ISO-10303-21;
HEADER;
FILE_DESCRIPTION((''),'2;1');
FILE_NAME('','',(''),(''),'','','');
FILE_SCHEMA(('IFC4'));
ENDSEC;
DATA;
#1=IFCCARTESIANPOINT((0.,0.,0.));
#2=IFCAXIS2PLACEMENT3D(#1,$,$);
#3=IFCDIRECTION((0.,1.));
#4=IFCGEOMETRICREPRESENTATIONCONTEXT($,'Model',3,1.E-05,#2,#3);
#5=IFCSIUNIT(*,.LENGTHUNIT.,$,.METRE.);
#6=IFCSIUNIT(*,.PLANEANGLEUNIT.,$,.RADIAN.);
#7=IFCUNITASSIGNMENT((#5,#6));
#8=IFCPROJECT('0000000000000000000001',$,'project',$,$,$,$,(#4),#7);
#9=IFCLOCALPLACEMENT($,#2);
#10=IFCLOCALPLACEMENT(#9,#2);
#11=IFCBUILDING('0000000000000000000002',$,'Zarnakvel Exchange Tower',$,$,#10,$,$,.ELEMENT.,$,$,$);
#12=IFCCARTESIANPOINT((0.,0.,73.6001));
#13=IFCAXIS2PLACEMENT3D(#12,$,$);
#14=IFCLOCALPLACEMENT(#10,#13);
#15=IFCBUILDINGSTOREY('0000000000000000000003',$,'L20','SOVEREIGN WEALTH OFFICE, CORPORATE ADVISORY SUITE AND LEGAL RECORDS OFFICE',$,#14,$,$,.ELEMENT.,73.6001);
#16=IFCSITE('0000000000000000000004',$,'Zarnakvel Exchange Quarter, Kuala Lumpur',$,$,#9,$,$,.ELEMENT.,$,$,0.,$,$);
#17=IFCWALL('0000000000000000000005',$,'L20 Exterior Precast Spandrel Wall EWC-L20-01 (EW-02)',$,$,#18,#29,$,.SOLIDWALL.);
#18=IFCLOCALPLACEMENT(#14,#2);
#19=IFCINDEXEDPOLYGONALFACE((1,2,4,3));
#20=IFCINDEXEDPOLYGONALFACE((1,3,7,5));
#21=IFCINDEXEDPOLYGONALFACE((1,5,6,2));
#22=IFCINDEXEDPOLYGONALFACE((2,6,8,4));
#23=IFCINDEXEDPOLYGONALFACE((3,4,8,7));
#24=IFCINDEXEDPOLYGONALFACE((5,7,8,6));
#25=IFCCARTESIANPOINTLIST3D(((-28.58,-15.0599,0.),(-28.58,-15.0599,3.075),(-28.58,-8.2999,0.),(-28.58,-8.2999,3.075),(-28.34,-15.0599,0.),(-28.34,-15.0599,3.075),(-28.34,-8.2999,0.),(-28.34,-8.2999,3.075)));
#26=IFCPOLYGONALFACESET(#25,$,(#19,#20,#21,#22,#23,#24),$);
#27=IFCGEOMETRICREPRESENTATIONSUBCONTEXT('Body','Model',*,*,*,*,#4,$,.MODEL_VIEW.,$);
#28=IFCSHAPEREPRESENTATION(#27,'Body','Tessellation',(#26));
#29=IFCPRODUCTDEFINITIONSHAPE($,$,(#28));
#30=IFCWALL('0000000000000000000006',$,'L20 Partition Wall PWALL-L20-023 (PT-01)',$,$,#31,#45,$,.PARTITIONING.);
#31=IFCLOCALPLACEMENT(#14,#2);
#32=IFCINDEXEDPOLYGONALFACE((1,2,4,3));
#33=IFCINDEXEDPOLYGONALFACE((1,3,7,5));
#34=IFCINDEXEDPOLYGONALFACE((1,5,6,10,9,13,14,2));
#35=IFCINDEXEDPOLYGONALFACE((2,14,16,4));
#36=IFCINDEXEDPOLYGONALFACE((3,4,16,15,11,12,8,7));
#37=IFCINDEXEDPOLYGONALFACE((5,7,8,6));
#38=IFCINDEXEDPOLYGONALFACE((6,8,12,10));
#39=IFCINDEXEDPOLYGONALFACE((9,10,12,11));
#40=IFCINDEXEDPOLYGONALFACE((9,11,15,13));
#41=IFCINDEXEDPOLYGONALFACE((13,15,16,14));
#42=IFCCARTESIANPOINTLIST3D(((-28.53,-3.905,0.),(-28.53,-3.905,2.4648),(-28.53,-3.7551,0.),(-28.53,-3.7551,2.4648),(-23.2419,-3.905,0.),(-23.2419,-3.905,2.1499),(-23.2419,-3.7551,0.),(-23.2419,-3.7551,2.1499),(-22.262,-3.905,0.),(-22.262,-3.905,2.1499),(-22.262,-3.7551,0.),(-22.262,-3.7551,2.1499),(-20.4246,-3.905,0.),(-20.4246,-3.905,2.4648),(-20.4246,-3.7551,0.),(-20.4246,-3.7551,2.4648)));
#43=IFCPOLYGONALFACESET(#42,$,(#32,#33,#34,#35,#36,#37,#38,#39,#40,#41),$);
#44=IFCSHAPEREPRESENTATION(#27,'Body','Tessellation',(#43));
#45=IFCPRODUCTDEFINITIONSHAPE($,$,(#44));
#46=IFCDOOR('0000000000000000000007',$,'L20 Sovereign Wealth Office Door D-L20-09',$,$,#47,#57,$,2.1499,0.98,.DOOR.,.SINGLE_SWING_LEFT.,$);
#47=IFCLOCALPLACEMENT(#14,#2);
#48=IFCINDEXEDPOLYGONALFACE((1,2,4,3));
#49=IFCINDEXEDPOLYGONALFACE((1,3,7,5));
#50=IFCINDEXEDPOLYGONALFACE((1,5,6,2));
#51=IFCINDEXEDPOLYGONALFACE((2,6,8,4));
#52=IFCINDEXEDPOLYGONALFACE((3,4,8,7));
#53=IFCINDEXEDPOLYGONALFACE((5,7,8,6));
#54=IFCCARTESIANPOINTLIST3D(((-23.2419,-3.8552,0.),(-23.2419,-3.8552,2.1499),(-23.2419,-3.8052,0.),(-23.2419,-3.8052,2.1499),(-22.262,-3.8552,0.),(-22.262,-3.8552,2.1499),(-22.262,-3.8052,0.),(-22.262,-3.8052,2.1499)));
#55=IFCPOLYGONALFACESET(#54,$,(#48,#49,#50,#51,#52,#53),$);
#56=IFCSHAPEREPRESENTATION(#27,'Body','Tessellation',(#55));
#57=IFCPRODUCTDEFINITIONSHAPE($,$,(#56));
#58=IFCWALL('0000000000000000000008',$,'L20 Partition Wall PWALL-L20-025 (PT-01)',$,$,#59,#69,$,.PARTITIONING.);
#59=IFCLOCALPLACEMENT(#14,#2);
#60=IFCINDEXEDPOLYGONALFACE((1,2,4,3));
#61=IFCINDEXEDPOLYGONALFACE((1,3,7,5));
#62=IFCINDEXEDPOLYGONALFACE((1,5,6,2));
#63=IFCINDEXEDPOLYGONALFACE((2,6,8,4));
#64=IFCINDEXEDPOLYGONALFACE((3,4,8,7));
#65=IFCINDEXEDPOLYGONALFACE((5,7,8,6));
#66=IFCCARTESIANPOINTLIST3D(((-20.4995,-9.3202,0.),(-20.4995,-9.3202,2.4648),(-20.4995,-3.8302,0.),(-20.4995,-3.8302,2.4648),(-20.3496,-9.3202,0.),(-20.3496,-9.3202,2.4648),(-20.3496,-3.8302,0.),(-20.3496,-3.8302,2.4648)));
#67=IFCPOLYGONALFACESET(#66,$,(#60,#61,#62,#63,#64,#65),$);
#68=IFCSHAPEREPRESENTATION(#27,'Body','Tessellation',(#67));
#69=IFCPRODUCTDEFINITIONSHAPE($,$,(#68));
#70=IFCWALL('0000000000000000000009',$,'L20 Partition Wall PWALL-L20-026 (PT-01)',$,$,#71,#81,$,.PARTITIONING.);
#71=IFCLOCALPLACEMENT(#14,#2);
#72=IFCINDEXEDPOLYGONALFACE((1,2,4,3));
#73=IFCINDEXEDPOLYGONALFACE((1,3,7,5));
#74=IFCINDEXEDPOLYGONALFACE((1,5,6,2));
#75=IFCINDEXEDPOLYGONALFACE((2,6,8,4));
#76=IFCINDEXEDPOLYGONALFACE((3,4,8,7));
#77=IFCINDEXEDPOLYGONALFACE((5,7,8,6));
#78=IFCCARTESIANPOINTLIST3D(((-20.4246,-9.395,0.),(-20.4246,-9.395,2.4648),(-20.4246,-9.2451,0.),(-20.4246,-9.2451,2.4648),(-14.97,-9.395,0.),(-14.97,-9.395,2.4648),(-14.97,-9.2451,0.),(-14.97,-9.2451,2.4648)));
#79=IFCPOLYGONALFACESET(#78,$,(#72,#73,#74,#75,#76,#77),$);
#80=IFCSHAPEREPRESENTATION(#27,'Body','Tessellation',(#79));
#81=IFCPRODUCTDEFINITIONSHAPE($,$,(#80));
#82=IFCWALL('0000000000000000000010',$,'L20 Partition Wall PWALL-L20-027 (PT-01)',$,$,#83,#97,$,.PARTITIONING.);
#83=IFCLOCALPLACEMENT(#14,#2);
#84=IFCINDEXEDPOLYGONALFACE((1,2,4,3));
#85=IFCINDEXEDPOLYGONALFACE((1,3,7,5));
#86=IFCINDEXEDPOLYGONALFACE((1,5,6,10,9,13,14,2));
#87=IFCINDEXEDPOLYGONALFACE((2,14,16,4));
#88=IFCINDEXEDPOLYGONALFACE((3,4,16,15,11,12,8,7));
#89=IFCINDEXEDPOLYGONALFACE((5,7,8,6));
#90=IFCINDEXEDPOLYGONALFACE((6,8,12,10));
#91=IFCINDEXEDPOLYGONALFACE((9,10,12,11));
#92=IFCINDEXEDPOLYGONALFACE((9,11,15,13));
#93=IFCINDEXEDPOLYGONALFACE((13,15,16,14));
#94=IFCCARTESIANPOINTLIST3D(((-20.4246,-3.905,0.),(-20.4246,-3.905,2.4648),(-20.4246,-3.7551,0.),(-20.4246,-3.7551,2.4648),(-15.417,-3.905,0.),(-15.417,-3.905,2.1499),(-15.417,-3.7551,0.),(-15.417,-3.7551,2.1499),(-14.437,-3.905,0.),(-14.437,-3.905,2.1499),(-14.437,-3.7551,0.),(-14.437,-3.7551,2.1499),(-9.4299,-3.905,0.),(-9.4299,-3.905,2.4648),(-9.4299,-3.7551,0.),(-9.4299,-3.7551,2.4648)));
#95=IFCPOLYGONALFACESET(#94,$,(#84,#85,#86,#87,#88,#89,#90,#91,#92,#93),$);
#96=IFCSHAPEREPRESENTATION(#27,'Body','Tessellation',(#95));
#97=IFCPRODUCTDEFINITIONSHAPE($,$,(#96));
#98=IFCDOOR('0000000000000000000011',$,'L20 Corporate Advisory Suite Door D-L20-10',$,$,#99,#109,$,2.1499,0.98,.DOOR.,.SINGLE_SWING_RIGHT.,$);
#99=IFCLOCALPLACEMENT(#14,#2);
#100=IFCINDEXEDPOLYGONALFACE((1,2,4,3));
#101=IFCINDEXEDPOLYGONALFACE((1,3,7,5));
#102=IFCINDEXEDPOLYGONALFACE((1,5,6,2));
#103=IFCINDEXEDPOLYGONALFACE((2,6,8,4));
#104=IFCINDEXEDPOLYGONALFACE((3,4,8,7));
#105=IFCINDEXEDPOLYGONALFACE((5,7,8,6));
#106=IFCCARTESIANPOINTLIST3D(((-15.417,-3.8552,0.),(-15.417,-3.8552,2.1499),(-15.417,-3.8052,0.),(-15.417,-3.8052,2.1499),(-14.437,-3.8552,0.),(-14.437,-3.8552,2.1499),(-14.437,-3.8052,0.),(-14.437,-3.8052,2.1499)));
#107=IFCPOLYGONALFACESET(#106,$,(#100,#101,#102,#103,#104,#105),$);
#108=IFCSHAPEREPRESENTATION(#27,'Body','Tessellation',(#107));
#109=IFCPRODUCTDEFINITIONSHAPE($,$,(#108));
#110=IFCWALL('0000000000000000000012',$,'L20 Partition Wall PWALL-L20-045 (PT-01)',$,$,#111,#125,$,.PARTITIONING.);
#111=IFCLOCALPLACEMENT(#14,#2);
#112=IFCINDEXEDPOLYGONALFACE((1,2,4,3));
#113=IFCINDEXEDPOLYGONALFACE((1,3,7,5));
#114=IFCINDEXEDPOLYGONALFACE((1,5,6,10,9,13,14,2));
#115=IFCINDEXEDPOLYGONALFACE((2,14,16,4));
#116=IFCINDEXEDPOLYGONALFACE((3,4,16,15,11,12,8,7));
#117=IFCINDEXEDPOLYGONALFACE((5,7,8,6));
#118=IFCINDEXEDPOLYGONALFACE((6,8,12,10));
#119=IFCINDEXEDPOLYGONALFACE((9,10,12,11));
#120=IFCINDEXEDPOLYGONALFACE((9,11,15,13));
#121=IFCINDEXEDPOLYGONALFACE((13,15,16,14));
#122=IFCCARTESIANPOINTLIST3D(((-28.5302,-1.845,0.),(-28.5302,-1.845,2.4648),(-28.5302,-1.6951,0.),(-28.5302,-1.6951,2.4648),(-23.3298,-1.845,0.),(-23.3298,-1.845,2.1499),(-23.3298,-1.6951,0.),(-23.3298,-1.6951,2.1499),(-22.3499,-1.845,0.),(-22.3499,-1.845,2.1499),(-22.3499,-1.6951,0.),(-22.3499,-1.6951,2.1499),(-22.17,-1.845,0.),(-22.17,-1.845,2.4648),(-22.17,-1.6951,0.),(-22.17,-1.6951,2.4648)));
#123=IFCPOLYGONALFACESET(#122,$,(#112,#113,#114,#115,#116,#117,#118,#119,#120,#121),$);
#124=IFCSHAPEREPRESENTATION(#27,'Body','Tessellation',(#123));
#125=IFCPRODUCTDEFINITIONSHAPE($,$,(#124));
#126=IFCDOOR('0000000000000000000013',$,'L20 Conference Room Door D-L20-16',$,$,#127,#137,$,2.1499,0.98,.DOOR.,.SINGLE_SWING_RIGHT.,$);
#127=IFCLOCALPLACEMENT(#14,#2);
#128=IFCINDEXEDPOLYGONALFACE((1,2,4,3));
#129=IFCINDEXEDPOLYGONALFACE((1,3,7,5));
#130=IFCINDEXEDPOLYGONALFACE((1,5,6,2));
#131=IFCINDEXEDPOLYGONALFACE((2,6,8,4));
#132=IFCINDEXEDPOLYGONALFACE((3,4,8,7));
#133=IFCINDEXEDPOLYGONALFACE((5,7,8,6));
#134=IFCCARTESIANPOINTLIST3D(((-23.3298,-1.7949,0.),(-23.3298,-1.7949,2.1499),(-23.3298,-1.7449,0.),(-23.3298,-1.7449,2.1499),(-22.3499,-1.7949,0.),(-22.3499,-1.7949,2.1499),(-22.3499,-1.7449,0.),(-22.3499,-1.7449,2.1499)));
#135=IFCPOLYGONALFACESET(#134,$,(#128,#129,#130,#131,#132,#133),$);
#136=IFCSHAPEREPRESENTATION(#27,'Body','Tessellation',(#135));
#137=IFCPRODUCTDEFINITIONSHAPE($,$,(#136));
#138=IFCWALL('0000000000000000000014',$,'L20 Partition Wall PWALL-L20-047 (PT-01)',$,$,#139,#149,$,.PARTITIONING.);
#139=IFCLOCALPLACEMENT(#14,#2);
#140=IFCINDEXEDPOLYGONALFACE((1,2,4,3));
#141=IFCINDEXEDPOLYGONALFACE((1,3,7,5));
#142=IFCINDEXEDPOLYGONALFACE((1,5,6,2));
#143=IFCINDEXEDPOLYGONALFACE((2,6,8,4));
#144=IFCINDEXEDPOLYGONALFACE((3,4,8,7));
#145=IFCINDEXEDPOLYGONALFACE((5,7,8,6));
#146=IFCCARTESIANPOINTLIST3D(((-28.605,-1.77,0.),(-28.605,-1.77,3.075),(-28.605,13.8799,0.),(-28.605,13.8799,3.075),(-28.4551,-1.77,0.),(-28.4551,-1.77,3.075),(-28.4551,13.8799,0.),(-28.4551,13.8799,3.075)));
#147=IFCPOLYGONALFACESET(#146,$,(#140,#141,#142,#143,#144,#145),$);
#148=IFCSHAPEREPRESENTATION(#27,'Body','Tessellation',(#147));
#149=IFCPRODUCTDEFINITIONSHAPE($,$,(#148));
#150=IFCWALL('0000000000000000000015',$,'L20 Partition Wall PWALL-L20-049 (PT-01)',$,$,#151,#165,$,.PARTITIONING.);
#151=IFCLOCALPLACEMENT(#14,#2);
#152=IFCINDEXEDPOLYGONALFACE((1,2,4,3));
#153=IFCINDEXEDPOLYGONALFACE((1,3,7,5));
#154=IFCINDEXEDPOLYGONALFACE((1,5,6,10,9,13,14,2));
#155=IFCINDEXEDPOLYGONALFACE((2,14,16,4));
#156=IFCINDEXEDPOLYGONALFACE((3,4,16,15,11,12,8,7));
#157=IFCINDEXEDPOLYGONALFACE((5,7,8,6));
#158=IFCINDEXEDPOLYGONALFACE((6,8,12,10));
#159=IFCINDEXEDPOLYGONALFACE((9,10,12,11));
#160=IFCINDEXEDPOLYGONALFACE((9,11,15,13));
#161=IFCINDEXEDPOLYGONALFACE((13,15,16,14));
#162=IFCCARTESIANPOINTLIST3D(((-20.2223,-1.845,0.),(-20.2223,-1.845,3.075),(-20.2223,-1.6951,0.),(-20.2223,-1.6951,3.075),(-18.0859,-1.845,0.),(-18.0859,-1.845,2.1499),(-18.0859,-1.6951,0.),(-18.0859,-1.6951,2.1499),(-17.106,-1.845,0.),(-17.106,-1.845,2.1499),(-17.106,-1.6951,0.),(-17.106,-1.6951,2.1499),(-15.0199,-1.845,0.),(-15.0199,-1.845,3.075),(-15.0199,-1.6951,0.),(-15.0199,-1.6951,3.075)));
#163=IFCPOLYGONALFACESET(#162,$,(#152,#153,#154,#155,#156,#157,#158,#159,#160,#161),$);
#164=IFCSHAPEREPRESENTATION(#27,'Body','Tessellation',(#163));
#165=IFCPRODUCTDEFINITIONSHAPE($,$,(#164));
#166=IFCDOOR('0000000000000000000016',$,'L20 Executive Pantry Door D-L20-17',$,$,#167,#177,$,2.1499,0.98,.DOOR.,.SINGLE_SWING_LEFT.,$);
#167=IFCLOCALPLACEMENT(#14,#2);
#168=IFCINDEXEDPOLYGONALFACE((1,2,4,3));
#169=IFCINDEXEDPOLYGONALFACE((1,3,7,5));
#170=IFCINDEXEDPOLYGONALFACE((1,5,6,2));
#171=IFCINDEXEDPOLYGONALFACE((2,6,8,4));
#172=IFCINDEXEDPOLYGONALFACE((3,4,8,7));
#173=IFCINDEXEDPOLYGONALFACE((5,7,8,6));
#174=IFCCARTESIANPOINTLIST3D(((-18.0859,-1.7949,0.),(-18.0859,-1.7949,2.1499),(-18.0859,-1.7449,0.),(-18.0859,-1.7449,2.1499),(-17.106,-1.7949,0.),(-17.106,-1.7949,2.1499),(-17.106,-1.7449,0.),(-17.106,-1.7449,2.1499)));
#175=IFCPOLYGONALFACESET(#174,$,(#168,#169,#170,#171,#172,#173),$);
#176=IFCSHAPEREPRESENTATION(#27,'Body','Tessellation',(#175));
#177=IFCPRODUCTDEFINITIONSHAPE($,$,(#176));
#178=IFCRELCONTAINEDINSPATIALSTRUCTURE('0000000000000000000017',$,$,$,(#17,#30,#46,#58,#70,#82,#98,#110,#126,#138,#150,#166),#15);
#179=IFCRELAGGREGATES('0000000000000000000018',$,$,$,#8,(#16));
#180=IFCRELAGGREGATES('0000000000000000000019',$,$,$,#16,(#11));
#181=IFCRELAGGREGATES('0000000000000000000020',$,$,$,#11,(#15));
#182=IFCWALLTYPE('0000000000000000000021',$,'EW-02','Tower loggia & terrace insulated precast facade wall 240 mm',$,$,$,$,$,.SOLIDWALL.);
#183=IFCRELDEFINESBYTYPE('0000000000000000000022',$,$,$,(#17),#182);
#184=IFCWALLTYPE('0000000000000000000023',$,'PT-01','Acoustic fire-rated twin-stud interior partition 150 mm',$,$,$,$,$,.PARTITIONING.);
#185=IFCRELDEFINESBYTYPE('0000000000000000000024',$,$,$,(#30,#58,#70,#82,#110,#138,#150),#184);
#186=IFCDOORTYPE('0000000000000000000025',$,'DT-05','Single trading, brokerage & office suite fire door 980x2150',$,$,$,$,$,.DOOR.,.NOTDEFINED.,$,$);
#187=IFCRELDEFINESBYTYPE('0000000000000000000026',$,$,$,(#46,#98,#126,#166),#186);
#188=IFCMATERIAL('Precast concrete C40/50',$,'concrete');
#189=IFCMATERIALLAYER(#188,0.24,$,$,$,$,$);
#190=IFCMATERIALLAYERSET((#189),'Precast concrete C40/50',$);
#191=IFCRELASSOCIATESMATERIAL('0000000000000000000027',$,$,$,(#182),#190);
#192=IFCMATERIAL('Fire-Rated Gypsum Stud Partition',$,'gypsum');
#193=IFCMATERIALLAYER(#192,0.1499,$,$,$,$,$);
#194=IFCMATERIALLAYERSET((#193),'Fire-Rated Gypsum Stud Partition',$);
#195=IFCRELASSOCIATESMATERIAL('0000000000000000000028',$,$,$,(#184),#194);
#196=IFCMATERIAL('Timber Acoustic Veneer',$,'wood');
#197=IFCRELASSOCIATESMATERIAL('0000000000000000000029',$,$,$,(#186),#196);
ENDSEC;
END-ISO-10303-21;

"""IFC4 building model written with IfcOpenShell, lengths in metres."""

from ifc_helpers import new_model, si_unit, direction, frame, frame_2d, origin, place, context, subcontext, project, spatial, rectangle, extrude, source, transform, mapped, material, layer, layer_set, type_object, element, fill, save


model = new_model("IFC4")

# Units and contexts
model_context = context("Model", 3, precision=1e-05, world=origin(), true_north=direction((0.0, 1.0)))
body_context = subcontext(model_context, "Body", "Model", "MODEL_VIEW")
ifc_project = project(units=[si_unit("LENGTHUNIT", "METRE"), si_unit("PLANEANGLEUNIT", "RADIAN")], contexts=[model_context])

# Site, building, storey
site_placement = place(None, origin())
site = spatial("IfcSite", under=ifc_project, at=site_placement, Name="Zarnakvel Exchange Quarter, Kuala Lumpur", CompositionType="ELEMENT", RefElevation=0.0)
building_placement = place(site_placement, origin())
building = spatial("IfcBuilding", under=site, at=building_placement, Name="Zarnakvel Exchange Tower", CompositionType="ELEMENT")
storey_placement = place(building_placement, frame((0.0, 0.0, 73.6001)))
storey = spatial("IfcBuildingStorey", under=building, at=storey_placement, Name="L20", Description="SOVEREIGN WEALTH OFFICE, CORPORATE ADVISORY SUITE AND LEGAL RECORDS OFFICE", CompositionType="ELEMENT", Elevation=73.6001)

# Shared definitions
ifc_material_1 = material(Name="Precast concrete C40/50", Category="concrete")
ifc_layer_1 = layer(ifc_material_1, 0.24)
ifc_layer_set_1 = layer_set([ifc_layer_1], Name="Precast concrete C40/50")
wall_type_1 = type_object("IfcWallType", Name="EW-02", Description="Tower loggia & terrace insulated precast facade wall 240 mm", PredefinedType="SOLIDWALL", material=ifc_layer_set_1)

# Wall
wall_1_placement = place(storey_placement, frame((-28.46, -8.3, 0.0), z_axis=(0.0, 0.0, 1.0), x_axis=(0.0, -1.0, 0.0)))
element("IfcWall", 1, at=wall_1_placement, inside=storey, type_object=wall_type_1, Name="L20 Exterior Precast Spandrel Wall EWC-L20-01 (EW-02)", PredefinedType="SOLIDWALL", context=body_context, shape_type="SweptSolid", body=[
    extrude(rectangle(XDim=6.76, YDim=0.24, at=frame_2d((3.3799, 0.0))), origin(), (0.0, 0.0, 1.0), 3.075),
])

# Wall, opening, door
ifc_material_2 = material(Name="Fire-Rated Gypsum Stud Partition", Category="gypsum")
ifc_layer_2 = layer(ifc_material_2, 0.1499)
ifc_layer_set_2 = layer_set([ifc_layer_2], Name="Fire-Rated Gypsum Stud Partition")
wall_type_2 = type_object("IfcWallType", Name="PT-01", Description="Acoustic fire-rated twin-stud interior partition 150 mm", PredefinedType="PARTITIONING", material=ifc_layer_set_2)
wall_2_placement = place(storey_placement, frame((-28.53, -3.8301, 0.0), z_axis=(0.0, 0.0, 1.0), x_axis=(1.0, 0.0, 0.0)))
wall_2 = element("IfcWall", 2, at=wall_2_placement, inside=storey, type_object=wall_type_2, Name="L20 Partition Wall PWALL-L20-023 (PT-01)", PredefinedType="PARTITIONING", context=body_context, shape_type="SweptSolid", body=[
    extrude(rectangle(XDim=8.1055, YDim=0.1499, at=frame_2d((4.0527, 0.0))), origin(), (0.0, 0.0, 1.0), 2.4648),
])
opening_1_placement = place(wall_2_placement, frame((5.2881, 0.0, 0.0)))
opening_1 = element("IfcOpeningElement", 3, at=opening_1_placement, cuts=wall_2, PredefinedType="OPENING", context=body_context, shape_type="SweptSolid", body=[
    extrude(rectangle(XDim=0.98, YDim=2.1499, at=frame_2d((0.49, 1.075))), frame((0.0, 0.085, 0.0), z_axis=(0.0, -1.0, 0.0), x_axis=(1.0, 0.0, 0.0)), (0.0, 0.0, 1.0), 0.1699),
])
ifc_material_3 = material(Name="Timber Acoustic Veneer", Category="wood")
door_type_1 = type_object("IfcDoorType", Name="DT-05", Description="Single trading, brokerage & office suite fire door 980x2150", OperationType="NOTDEFINED", PredefinedType="DOOR", material=ifc_material_3)
shared_shape_1 = source(origin(), body_context, "Body", "SweptSolid", [
    extrude(rectangle(XDim=0.98, YDim=2.1499, at=frame_2d((0.49, 1.075))), frame((0.0, 0.0249, 0.0), z_axis=(0.0, -1.0, 0.0), x_axis=(1.0, 0.0, 0.0)), (0.0, 0.0, 1.0), 0.05),
])
door_1_placement = place(opening_1_placement, origin())
door_1 = element("IfcDoor", 4, at=door_1_placement, inside=storey, type_object=door_type_1, Name="L20 Sovereign Wealth Office Door D-L20-09", OperationType="SINGLE_SWING_LEFT", OverallHeight=2.1499, OverallWidth=0.98, PredefinedType="DOOR", context=body_context, shape_type="MappedRepresentation", body=[
    mapped(shared_shape_1, transform((0.0, 0.0, 0.0), x_axis=(1.0, 0.0, 0.0), y_axis=(0.0, 1.0, 0.0), z_axis=(0.0, 0.0, 1.0), scale=1.0)),
])
fill(opening_1, door_1)

# Walls
wall_3_placement = place(storey_placement, frame((-20.4246, -3.8301, 0.0), z_axis=(0.0, 0.0, 1.0), x_axis=(0.0, -1.0, 0.0)))
element("IfcWall", 5, at=wall_3_placement, inside=storey, type_object=wall_type_2, Name="L20 Partition Wall PWALL-L20-025 (PT-01)", PredefinedType="PARTITIONING", context=body_context, shape_type="SweptSolid", body=[
    extrude(rectangle(XDim=5.49, YDim=0.1499, at=frame_2d((2.7451, 0.0))), origin(), (0.0, 0.0, 1.0), 2.4648),
])
wall_4_placement = place(storey_placement, frame((-14.97, -9.3201, 0.0), z_axis=(0.0, 0.0, 1.0), x_axis=(-1.0, 0.0, 0.0)))
element("IfcWall", 6, at=wall_4_placement, inside=storey, type_object=wall_type_2, Name="L20 Partition Wall PWALL-L20-026 (PT-01)", PredefinedType="PARTITIONING", context=body_context, shape_type="SweptSolid", body=[
    extrude(rectangle(XDim=5.4546, YDim=0.1499, at=frame_2d((2.7273, 0.0))), origin(), (0.0, 0.0, 1.0), 2.4648),
])

# Walls, openings, doors
wall_5_placement = place(storey_placement, frame((-20.4246, -3.8301, 0.0), z_axis=(0.0, 0.0, 1.0), x_axis=(1.0, 0.0, 0.0)))
wall_5 = element("IfcWall", 7, at=wall_5_placement, inside=storey, type_object=wall_type_2, Name="L20 Partition Wall PWALL-L20-027 (PT-01)", PredefinedType="PARTITIONING", context=body_context, shape_type="SweptSolid", body=[
    extrude(rectangle(XDim=10.9946, YDim=0.1499, at=frame_2d((5.4973, 0.0))), origin(), (0.0, 0.0, 1.0), 2.4648),
])
opening_2_placement = place(wall_5_placement, frame((5.0076, 0.0, 0.0)))
opening_2 = element("IfcOpeningElement", 8, at=opening_2_placement, cuts=wall_5, PredefinedType="OPENING", context=body_context, shape_type="SweptSolid", body=[
    extrude(rectangle(XDim=0.98, YDim=2.1499, at=frame_2d((0.49, 1.075))), frame((0.0, 0.085, 0.0), z_axis=(0.0, -1.0, 0.0), x_axis=(1.0, 0.0, 0.0)), (0.0, 0.0, 1.0), 0.1699),
])
door_2_placement = place(opening_2_placement, origin())
door_2 = element("IfcDoor", 9, at=door_2_placement, inside=storey, type_object=door_type_1, Name="L20 Corporate Advisory Suite Door D-L20-10", OperationType="SINGLE_SWING_RIGHT", OverallHeight=2.1499, OverallWidth=0.98, PredefinedType="DOOR", context=body_context, shape_type="MappedRepresentation", body=[
    mapped(shared_shape_1, transform((0.0, 0.0, 0.0), x_axis=(1.0, 0.0, 0.0), y_axis=(0.0, 1.0, 0.0), z_axis=(0.0, 0.0, 1.0), scale=1.0)),
])
fill(opening_2, door_2)
wall_6_placement = place(storey_placement, frame((-22.1699, -1.77, 0.0), z_axis=(0.0, 0.0, 1.0), x_axis=(-1.0, 0.0, 0.0)))
wall_6 = element("IfcWall", 10, at=wall_6_placement, inside=storey, type_object=wall_type_2, Name="L20 Partition Wall PWALL-L20-045 (PT-01)", PredefinedType="PARTITIONING", context=body_context, shape_type="SweptSolid", body=[
    extrude(rectangle(XDim=6.3601, YDim=0.1499, at=frame_2d((3.1802, 0.0))), origin(), (0.0, 0.0, 1.0), 2.4648),
])
opening_3_placement = place(wall_6_placement, frame((0.1799, 0.0, 0.0)))
opening_3 = element("IfcOpeningElement", 11, at=opening_3_placement, cuts=wall_6, PredefinedType="OPENING", context=body_context, shape_type="SweptSolid", body=[
    extrude(rectangle(XDim=0.98, YDim=2.1499, at=frame_2d((0.49, 1.075))), frame((0.0, 0.085, 0.0), z_axis=(0.0, -1.0, 0.0), x_axis=(1.0, 0.0, 0.0)), (0.0, 0.0, 1.0), 0.1699),
])
door_3_placement = place(opening_3_placement, origin())
door_3 = element("IfcDoor", 12, at=door_3_placement, inside=storey, type_object=door_type_1, Name="L20 Conference Room Door D-L20-16", OperationType="SINGLE_SWING_RIGHT", OverallHeight=2.1499, OverallWidth=0.98, PredefinedType="DOOR", context=body_context, shape_type="MappedRepresentation", body=[
    mapped(shared_shape_1, transform((0.0, 0.0, 0.0), x_axis=(1.0, 0.0, 0.0), y_axis=(0.0, 1.0, 0.0), z_axis=(0.0, 0.0, 1.0), scale=1.0)),
])
fill(opening_3, door_3)

# Wall
wall_7_placement = place(storey_placement, frame((-28.53, -1.77, 0.0), z_axis=(0.0, 0.0, 1.0), x_axis=(0.0, 1.0, 0.0)))
element("IfcWall", 13, at=wall_7_placement, inside=storey, type_object=wall_type_2, Name="L20 Partition Wall PWALL-L20-047 (PT-01)", PredefinedType="PARTITIONING", context=body_context, shape_type="SweptSolid", body=[
    extrude(rectangle(XDim=15.6499, YDim=0.1499, at=frame_2d((7.825, 0.0))), origin(), (0.0, 0.0, 1.0), 3.075),
])

# Wall, opening, door
wall_8_placement = place(storey_placement, frame((-15.02, -1.77, 0.0), z_axis=(0.0, 0.0, 1.0), x_axis=(-1.0, 0.0, 0.0)))
wall_8 = element("IfcWall", 14, at=wall_8_placement, inside=storey, type_object=wall_type_2, Name="L20 Partition Wall PWALL-L20-049 (PT-01)", PredefinedType="PARTITIONING", context=body_context, shape_type="SweptSolid", body=[
    extrude(rectangle(XDim=5.2024, YDim=0.1499, at=frame_2d((2.6011, 0.0))), origin(), (0.0, 0.0, 1.0), 3.075),
])
opening_4_placement = place(wall_8_placement, frame((2.0859, 0.0, 0.0)))
opening_4 = element("IfcOpeningElement", 15, at=opening_4_placement, cuts=wall_8, PredefinedType="OPENING", context=body_context, shape_type="SweptSolid", body=[
    extrude(rectangle(XDim=0.98, YDim=2.1499, at=frame_2d((0.49, 1.075))), frame((0.0, 0.085, 0.0), z_axis=(0.0, -1.0, 0.0), x_axis=(1.0, 0.0, 0.0)), (0.0, 0.0, 1.0), 0.1699),
])
door_4_placement = place(opening_4_placement, origin())
door_4 = element("IfcDoor", 16, at=door_4_placement, inside=storey, type_object=door_type_1, Name="L20 Executive Pantry Door D-L20-17", OperationType="SINGLE_SWING_LEFT", OverallHeight=2.1499, OverallWidth=0.98, PredefinedType="DOOR", context=body_context, shape_type="MappedRepresentation", body=[
    mapped(shared_shape_1, transform((0.0, 0.0, 0.0), x_axis=(1.0, 0.0, 0.0), y_axis=(0.0, 1.0, 0.0), z_axis=(0.0, 0.0, 1.0), scale=1.0)),
])
fill(opening_4, door_4)

save(model, "model.ifc")
